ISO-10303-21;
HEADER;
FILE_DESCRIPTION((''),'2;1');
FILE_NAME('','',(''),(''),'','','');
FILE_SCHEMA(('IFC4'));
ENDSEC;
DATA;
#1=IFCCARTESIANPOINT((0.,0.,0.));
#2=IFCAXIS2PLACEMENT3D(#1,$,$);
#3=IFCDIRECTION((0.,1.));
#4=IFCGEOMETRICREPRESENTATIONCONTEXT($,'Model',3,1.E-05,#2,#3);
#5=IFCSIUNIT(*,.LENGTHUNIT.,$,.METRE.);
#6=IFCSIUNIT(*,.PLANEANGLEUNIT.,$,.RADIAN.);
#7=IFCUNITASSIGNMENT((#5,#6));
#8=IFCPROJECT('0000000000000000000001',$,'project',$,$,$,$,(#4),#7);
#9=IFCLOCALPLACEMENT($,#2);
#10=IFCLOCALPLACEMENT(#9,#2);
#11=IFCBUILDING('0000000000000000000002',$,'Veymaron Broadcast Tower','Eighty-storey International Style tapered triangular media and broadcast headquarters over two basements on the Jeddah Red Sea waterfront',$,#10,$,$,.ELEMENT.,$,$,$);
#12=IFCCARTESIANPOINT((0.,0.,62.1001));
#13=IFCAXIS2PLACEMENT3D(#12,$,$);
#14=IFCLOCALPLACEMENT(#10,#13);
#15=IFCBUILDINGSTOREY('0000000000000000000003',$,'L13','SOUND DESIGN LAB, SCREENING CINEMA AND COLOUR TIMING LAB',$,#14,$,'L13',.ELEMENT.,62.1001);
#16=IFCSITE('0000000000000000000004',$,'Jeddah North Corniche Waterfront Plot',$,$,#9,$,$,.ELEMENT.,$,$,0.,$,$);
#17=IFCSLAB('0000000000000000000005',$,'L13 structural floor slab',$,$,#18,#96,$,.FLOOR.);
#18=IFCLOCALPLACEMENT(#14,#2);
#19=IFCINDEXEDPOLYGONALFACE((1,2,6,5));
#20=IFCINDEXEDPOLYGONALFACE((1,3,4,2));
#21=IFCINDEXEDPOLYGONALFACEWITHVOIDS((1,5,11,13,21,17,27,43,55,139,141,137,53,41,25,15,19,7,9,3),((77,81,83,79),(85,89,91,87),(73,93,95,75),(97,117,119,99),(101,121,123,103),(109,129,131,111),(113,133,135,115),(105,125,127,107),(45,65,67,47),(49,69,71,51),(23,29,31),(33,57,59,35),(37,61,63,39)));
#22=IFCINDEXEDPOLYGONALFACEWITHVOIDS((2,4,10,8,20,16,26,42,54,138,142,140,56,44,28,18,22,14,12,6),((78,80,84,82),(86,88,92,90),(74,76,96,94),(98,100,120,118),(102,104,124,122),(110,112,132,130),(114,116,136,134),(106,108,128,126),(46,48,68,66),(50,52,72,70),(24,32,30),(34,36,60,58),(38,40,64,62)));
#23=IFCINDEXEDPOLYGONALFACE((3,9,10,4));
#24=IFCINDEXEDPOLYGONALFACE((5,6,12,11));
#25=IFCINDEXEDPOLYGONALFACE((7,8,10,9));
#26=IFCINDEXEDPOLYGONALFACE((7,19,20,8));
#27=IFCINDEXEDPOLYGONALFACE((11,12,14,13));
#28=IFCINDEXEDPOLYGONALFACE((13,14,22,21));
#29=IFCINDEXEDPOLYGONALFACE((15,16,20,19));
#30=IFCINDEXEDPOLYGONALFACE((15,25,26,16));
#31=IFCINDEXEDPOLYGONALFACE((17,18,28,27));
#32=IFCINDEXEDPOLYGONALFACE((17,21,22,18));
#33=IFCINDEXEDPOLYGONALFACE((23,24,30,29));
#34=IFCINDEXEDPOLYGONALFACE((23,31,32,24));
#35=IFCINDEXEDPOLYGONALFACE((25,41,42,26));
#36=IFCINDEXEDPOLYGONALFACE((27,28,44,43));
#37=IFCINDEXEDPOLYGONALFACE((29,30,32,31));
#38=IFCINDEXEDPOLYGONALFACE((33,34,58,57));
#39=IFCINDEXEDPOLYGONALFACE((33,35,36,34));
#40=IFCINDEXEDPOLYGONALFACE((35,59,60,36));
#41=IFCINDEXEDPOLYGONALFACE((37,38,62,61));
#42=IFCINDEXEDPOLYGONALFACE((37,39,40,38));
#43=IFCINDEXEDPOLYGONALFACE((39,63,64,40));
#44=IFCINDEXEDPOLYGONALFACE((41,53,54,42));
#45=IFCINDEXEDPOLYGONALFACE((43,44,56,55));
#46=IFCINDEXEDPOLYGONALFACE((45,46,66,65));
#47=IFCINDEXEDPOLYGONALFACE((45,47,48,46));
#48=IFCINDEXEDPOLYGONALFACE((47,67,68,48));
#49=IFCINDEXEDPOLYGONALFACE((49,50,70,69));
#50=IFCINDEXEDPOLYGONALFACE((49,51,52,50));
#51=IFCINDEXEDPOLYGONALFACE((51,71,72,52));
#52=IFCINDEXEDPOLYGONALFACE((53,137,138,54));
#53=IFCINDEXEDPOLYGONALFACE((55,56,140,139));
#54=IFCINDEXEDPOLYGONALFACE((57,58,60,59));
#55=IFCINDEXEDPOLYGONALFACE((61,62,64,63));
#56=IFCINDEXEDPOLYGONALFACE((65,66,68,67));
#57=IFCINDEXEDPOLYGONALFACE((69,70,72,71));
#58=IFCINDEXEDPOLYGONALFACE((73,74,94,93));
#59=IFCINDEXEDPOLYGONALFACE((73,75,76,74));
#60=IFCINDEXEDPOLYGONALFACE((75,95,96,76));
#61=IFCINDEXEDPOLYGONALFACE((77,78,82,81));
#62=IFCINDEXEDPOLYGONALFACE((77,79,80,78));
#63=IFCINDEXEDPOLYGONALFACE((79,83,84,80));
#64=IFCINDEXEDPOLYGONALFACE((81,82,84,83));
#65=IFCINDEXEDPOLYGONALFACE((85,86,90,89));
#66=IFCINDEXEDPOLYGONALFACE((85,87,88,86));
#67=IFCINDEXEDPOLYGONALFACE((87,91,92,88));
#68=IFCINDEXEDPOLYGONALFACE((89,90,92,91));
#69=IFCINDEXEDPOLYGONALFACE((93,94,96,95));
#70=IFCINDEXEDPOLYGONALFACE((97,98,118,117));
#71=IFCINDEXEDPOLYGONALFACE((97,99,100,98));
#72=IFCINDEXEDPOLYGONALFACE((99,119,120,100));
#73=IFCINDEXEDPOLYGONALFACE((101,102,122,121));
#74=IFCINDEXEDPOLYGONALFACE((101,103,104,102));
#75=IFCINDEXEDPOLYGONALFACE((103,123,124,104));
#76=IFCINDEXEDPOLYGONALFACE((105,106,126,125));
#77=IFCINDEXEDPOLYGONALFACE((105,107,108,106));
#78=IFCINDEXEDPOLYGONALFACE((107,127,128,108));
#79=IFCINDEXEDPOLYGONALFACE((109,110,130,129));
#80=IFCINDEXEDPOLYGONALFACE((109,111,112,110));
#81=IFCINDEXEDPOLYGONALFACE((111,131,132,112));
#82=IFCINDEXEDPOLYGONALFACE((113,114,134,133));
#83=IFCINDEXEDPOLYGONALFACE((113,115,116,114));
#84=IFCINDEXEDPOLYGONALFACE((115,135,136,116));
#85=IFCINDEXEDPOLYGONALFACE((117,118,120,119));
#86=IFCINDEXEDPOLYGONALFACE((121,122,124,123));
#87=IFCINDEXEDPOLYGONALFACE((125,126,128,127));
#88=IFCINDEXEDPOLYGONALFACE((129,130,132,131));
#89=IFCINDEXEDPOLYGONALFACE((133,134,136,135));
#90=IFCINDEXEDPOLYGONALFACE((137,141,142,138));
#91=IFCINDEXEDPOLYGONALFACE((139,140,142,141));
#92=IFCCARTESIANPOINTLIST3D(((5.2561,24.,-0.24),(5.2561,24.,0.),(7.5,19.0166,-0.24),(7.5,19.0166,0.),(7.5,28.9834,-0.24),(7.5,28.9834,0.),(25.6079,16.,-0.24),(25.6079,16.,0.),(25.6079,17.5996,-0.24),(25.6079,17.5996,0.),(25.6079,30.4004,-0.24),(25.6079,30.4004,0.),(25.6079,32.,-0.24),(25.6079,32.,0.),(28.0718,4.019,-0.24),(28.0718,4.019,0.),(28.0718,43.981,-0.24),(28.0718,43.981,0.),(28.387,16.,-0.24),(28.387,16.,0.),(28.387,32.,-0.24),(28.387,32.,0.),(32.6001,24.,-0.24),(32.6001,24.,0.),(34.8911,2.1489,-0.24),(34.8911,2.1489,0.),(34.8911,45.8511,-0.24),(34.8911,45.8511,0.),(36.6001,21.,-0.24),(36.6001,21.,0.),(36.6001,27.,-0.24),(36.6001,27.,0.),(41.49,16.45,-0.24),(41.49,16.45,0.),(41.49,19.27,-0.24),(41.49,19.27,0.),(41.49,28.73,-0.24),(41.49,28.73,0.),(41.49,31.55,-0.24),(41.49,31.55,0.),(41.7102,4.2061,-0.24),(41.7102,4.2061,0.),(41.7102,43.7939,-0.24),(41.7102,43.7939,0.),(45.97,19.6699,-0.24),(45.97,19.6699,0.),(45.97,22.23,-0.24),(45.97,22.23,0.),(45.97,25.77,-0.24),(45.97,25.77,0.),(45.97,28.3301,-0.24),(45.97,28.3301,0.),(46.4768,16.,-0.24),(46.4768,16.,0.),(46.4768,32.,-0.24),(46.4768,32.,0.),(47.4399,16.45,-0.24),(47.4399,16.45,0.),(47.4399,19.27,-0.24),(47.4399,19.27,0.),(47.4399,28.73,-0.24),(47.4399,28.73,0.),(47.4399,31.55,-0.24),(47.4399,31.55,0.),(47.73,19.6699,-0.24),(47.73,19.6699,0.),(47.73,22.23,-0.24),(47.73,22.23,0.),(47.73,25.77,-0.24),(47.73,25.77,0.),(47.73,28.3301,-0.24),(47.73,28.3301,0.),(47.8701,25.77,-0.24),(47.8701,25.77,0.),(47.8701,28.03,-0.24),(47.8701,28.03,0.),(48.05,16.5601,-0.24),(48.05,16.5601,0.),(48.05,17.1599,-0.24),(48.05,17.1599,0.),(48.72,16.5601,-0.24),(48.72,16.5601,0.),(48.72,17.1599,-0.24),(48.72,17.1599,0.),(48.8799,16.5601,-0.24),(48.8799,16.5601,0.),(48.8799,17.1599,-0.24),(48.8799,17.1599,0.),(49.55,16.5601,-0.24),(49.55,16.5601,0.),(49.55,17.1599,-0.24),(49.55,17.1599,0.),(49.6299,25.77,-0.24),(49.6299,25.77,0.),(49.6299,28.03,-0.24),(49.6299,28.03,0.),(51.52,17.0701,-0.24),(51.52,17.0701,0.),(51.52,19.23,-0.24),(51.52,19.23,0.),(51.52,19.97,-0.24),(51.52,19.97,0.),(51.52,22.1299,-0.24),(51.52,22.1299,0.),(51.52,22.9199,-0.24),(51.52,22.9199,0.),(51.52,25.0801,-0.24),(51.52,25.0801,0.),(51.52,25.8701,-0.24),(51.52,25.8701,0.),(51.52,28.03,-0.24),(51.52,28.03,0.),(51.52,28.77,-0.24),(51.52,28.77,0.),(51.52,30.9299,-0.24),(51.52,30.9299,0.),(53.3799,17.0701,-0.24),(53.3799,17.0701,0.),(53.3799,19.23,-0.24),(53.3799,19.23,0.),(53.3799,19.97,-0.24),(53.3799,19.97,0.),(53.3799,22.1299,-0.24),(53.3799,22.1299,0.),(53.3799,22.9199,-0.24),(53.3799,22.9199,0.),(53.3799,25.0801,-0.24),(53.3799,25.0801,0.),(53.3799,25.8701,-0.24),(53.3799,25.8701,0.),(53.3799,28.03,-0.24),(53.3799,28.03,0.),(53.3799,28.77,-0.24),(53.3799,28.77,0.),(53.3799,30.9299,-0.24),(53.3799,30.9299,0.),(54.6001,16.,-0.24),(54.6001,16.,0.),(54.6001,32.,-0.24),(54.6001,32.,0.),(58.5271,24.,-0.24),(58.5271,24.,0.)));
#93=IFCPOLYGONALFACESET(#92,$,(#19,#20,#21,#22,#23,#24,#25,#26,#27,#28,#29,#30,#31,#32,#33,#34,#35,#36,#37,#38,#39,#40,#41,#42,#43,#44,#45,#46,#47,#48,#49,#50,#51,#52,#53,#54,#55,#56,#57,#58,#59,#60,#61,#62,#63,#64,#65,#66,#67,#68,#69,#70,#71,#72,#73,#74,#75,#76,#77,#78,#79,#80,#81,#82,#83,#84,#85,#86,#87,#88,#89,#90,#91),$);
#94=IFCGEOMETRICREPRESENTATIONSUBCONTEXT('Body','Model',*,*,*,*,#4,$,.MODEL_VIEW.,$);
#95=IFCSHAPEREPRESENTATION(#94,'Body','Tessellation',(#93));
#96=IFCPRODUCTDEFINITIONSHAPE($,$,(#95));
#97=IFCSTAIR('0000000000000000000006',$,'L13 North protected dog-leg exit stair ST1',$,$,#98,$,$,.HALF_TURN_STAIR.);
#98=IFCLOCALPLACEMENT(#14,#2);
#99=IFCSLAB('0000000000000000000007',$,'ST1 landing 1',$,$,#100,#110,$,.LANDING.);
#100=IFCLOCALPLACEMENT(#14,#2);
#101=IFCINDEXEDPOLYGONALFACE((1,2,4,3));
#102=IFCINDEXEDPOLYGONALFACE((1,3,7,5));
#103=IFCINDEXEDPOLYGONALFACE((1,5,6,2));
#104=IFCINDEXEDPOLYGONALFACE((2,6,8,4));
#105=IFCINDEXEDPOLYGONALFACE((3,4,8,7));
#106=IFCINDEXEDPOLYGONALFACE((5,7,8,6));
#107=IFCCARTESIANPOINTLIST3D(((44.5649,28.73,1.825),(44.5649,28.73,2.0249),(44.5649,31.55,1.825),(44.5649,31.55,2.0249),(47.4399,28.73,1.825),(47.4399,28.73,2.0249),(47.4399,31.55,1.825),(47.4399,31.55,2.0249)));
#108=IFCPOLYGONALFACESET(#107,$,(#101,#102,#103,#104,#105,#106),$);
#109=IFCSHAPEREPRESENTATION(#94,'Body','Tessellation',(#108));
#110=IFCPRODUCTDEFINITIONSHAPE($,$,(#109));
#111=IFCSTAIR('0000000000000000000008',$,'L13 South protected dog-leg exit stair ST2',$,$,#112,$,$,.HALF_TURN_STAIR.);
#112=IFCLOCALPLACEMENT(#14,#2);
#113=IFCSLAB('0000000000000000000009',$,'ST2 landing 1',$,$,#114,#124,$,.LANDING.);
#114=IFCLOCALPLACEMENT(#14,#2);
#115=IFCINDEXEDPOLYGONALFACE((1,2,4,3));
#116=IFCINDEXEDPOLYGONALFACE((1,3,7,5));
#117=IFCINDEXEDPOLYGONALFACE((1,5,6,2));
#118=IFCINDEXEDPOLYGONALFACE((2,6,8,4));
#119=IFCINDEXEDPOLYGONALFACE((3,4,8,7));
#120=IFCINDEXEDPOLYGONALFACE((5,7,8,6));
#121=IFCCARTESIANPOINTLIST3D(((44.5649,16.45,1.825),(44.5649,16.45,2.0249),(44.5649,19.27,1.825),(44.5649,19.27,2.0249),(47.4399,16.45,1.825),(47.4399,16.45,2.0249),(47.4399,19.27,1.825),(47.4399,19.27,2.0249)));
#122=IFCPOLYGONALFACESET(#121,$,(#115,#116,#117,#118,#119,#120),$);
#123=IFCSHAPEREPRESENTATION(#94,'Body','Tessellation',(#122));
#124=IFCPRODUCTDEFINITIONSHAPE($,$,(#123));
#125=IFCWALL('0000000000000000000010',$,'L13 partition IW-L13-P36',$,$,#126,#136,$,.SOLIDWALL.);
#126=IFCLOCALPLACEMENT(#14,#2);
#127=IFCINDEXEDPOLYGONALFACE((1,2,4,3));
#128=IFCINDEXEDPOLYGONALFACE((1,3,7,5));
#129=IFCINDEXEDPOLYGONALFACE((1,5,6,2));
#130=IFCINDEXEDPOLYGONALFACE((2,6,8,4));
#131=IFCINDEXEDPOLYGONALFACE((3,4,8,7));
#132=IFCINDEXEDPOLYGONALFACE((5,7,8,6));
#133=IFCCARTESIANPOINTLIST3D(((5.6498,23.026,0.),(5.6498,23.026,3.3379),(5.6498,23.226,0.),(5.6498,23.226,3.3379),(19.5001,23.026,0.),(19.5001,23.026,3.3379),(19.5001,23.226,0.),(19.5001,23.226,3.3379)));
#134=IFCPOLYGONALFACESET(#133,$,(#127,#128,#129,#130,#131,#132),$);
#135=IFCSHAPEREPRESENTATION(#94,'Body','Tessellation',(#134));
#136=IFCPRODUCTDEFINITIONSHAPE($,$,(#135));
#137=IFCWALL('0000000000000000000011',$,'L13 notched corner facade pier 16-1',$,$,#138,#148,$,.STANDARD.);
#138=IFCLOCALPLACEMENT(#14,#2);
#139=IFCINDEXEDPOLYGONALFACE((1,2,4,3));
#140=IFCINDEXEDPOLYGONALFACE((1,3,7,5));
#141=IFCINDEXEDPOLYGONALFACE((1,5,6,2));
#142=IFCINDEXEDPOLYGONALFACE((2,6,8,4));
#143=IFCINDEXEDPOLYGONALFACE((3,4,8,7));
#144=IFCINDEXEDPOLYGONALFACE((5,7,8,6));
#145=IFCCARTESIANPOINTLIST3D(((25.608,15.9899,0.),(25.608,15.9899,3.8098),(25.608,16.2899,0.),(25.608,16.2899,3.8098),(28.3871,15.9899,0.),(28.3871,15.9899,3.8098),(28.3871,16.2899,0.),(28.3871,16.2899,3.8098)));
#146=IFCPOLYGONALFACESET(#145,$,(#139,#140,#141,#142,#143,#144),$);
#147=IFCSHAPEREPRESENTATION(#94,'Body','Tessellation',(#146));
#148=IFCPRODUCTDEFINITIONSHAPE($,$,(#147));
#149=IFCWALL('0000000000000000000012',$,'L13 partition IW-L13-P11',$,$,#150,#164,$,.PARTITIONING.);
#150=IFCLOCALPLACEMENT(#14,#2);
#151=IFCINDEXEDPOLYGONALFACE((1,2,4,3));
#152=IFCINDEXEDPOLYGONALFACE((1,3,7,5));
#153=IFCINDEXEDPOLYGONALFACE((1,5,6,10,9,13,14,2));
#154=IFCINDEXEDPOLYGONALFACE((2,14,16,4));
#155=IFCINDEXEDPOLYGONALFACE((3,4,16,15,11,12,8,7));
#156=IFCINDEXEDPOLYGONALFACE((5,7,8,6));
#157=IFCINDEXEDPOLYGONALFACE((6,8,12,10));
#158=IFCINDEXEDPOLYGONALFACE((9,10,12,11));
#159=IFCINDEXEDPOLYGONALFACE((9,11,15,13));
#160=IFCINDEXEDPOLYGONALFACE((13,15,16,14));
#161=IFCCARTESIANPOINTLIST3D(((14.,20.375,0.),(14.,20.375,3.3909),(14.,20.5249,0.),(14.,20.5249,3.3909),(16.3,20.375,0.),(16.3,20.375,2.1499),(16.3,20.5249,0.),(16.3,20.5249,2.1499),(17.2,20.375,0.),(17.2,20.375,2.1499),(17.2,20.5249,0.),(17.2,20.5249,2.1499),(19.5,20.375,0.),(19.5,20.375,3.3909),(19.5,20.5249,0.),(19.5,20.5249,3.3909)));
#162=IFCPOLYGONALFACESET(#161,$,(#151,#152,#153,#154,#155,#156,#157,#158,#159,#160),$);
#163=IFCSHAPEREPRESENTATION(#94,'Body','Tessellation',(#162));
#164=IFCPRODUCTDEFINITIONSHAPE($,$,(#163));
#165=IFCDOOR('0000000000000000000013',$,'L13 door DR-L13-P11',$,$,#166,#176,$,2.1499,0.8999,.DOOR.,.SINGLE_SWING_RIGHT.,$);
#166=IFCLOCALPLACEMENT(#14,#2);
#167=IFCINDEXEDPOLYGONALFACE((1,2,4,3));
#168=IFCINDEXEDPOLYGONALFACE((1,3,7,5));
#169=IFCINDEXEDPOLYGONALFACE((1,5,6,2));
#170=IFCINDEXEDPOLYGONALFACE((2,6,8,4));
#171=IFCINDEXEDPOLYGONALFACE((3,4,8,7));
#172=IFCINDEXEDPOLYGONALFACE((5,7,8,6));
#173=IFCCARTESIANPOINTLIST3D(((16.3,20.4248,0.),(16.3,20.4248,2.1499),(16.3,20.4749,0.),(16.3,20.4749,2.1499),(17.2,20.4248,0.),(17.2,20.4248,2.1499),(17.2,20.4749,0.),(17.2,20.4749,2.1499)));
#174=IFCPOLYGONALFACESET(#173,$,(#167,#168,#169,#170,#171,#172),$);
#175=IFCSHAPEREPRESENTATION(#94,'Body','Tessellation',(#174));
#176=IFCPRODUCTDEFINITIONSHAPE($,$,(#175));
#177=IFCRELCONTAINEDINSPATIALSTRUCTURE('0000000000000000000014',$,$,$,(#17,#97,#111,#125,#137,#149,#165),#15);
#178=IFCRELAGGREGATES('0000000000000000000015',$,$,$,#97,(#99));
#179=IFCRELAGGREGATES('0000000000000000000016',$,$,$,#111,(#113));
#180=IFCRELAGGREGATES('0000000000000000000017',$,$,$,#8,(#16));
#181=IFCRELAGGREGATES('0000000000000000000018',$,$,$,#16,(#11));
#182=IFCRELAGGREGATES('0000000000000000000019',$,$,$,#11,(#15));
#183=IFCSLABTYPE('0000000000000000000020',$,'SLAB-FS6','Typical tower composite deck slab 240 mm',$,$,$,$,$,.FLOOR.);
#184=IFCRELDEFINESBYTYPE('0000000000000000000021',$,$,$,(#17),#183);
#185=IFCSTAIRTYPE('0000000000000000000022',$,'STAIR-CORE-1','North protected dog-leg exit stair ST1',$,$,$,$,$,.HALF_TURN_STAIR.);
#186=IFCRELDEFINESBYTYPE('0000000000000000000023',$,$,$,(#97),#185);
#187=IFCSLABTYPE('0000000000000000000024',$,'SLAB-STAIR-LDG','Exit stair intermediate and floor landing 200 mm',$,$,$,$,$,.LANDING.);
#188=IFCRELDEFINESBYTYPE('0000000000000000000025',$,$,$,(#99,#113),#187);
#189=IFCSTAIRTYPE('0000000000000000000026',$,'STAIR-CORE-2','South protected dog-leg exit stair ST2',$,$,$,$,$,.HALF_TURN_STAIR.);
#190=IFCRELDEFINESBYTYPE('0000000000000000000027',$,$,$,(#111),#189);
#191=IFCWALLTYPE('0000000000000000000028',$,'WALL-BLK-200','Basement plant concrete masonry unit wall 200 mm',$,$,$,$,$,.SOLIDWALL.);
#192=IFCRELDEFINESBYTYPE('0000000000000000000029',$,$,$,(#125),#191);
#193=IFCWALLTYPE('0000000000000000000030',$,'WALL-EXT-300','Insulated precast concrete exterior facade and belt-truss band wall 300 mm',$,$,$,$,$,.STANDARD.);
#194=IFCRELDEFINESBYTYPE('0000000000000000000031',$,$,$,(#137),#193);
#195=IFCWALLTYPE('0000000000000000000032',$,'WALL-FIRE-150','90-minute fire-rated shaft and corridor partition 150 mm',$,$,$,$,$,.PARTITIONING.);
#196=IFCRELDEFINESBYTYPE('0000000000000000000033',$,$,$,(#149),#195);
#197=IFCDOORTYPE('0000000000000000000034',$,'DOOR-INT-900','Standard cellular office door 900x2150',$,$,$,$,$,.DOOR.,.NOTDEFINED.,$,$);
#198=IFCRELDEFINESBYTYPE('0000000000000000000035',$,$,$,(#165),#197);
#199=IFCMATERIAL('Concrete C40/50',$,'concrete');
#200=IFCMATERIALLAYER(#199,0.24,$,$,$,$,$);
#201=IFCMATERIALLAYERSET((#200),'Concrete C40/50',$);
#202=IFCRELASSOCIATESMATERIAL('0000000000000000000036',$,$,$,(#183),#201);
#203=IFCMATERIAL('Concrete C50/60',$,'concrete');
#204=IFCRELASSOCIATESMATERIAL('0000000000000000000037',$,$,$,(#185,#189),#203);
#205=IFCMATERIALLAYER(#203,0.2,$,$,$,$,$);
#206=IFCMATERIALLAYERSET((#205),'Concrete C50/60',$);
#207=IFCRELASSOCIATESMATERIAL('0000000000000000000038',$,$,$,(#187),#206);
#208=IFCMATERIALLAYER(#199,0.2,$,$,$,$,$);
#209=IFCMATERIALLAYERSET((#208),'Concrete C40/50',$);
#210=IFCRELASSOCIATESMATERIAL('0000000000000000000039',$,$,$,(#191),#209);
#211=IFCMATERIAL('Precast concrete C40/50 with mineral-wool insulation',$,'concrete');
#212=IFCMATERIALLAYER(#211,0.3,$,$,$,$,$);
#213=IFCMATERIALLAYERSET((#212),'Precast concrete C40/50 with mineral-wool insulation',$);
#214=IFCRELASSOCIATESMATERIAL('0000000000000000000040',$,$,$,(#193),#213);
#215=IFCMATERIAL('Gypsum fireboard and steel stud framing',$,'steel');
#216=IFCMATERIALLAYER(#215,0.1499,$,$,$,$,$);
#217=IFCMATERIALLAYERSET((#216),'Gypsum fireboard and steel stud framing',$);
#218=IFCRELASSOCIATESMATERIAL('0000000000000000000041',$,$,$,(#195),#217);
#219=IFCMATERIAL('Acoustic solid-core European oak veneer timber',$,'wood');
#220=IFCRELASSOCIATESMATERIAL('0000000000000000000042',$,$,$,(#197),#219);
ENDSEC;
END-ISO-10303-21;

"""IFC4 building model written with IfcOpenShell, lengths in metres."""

from ifc_helpers import new_model, si_unit, direction, frame, frame_2d, origin, place, context, subcontext, project, spatial, polyline, rectangle, outline, extrude, material, layer, layer_set, type_object, element, fill, aggregate, save


model = new_model("IFC4")

# Units and contexts
model_context = context("Model", 3, precision=1e-05, world=origin(), true_north=direction((0.0, 1.0)))
body_context = subcontext(model_context, "Body", "Model", "MODEL_VIEW")
ifc_project = project(units=[si_unit("LENGTHUNIT", "METRE"), si_unit("PLANEANGLEUNIT", "RADIAN")], contexts=[model_context])

# Site, building, storey
site_placement = place(None, origin())
site = spatial("IfcSite", under=ifc_project, at=site_placement, Name="Jeddah North Corniche Waterfront Plot", CompositionType="ELEMENT", RefElevation=0.0)
building_placement = place(site_placement, origin())
building = spatial("IfcBuilding", under=site, at=building_placement, Name="Veymaron Broadcast Tower", Description="Eighty-storey International Style tapered triangular media and broadcast headquarters over two basements on the Jeddah Red Sea waterfront", CompositionType="ELEMENT")
storey_placement = place(building_placement, frame((0.0, 0.0, 62.1001)))
storey = spatial("IfcBuildingStorey", under=building, at=storey_placement, Name="L13", Description="SOUND DESIGN LAB, SCREENING CINEMA AND COLOUR TIMING LAB", LongName="L13", CompositionType="ELEMENT", Elevation=62.1001)

# Slab
ifc_material_1 = material(Name="Concrete C40/50", Category="concrete")
ifc_layer_1 = layer(ifc_material_1, 0.24)
ifc_layer_set_1 = layer_set([ifc_layer_1], Name="Concrete C40/50")
slab_type_1 = type_object("IfcSlabType", Name="SLAB-FS6", Description="Typical tower composite deck slab 240 mm", PredefinedType="FLOOR", material=ifc_layer_set_1)
slab_1_placement = place(storey_placement, frame((0.0, 0.0, -0.24)))
element("IfcSlab", 1, at=slab_1_placement, inside=storey, type_object=slab_type_1, Name="L13 structural floor slab", PredefinedType="FLOOR", context=body_context, shape_type="SweptSolid", body=[
    extrude(outline(polyline([(46.4768, 16.0), (54.6001, 16.0), (58.5271, 24.0), (54.6001, 32.0), (46.4768, 32.0), (41.7102, 43.7939), (34.8911, 45.8511), (28.0718, 43.981), (28.387, 32.0), (25.6079, 32.0), (25.6079, 30.4004), (7.5, 28.9834), (5.2561, 24.0), (7.5, 19.0166), (25.6079, 17.5996), (25.6079, 16.0), (28.387, 16.0), (28.0718, 4.019), (34.8911, 2.1489), (41.7102, 4.2061), (46.4768, 16.0)]), holes=[polyline([(45.97, 28.3301), (47.73, 28.3301), (47.73, 25.77), (45.97, 25.77), (45.97, 28.3301)]), polyline([(45.97, 22.23), (47.73, 22.23), (47.73, 19.6699), (45.97, 19.6699), (45.97, 22.23)]), polyline([(47.8701, 28.03), (49.6299, 28.03), (49.6299, 25.77), (47.8701, 25.77), (47.8701, 28.03)]), polyline([(51.52, 30.9299), (53.3799, 30.9299), (53.3799, 28.77), (51.52, 28.77), (51.52, 30.9299)]), polyline([(51.52, 28.03), (53.3799, 28.03), (53.3799, 25.8701), (51.52, 25.8701), (51.52, 28.03)]), polyline([(51.52, 22.1299), (53.3799, 22.1299), (53.3799, 19.97), (51.52, 19.97), (51.52, 22.1299)]), polyline([(51.52, 25.0801), (53.3799, 25.0801), (53.3799, 22.9199), (51.52, 22.9199), (51.52, 25.0801)]), polyline([(51.52, 19.23), (53.3799, 19.23), (53.3799, 17.0701), (51.52, 17.0701), (51.52, 19.23)]), polyline([(48.05, 17.1599), (48.72, 17.1599), (48.72, 16.5601), (48.05, 16.5601), (48.05, 17.1599)]), polyline([(48.8799, 17.1599), (49.55, 17.1599), (49.55, 16.5601), (48.8799, 16.5601), (48.8799, 17.1599)]), polyline([(36.6001, 27.0), (36.6001, 21.0), (32.6001, 24.0), (36.6001, 27.0)]), polyline([(41.49, 31.55), (47.4399, 31.55), (47.4399, 28.73), (41.49, 28.73), (41.49, 31.55)]), polyline([(41.49, 19.27), (47.4399, 19.27), (47.4399, 16.45), (41.49, 16.45), (41.49, 19.27)])]), origin(), (0.0, 0.0, 1.0), 0.24),
])

# Stairs, slabs
ifc_material_2 = material(Name="Concrete C50/60", Category="concrete")
stair_type_1 = type_object("IfcStairType", Name="STAIR-CORE-1", Description="North protected dog-leg exit stair ST1", PredefinedType="HALF_TURN_STAIR", material=ifc_material_2)
stair_1_placement = place(storey_placement, origin())
stair_1 = element("IfcStair", 2, at=stair_1_placement, inside=storey, type_object=stair_type_1, Name="L13 North protected dog-leg exit stair ST1", PredefinedType="HALF_TURN_STAIR")
ifc_layer_2 = layer(ifc_material_2, 0.2)
ifc_layer_set_2 = layer_set([ifc_layer_2], Name="Concrete C50/60")
slab_type_2 = type_object("IfcSlabType", Name="SLAB-STAIR-LDG", Description="Exit stair intermediate and floor landing 200 mm", PredefinedType="LANDING", material=ifc_layer_set_2)
slab_2_placement = place(storey_placement, frame((0.0, 0.0, 1.825)))
slab_2 = element("IfcSlab", 3, at=slab_2_placement, type_object=slab_type_2, Name="ST1 landing 1", PredefinedType="LANDING", context=body_context, shape_type="SweptSolid", body=[
    extrude(outline(polyline([(44.5649, 28.73), (47.4399, 28.73), (47.4399, 31.55), (44.5649, 31.55), (44.5649, 28.73)])), origin(), (0.0, 0.0, 1.0), 0.2),
])
aggregate(stair_1, [slab_2])
stair_type_2 = type_object("IfcStairType", Name="STAIR-CORE-2", Description="South protected dog-leg exit stair ST2", PredefinedType="HALF_TURN_STAIR", material=ifc_material_2)
stair_2_placement = place(storey_placement, origin())
stair_2 = element("IfcStair", 4, at=stair_2_placement, inside=storey, type_object=stair_type_2, Name="L13 South protected dog-leg exit stair ST2", PredefinedType="HALF_TURN_STAIR")
slab_3_placement = place(storey_placement, frame((0.0, 0.0, 1.825)))
slab_3 = element("IfcSlab", 5, at=slab_3_placement, type_object=slab_type_2, Name="ST2 landing 1", PredefinedType="LANDING", context=body_context, shape_type="SweptSolid", body=[
    extrude(outline(polyline([(44.5649, 16.45), (47.4399, 16.45), (47.4399, 19.27), (44.5649, 19.27), (44.5649, 16.45)])), origin(), (0.0, 0.0, 1.0), 0.2),
])
aggregate(stair_2, [slab_3])

# Walls
ifc_layer_3 = layer(ifc_material_1, 0.2)
ifc_layer_set_3 = layer_set([ifc_layer_3], Name="Concrete C40/50")
wall_type_1 = type_object("IfcWallType", Name="WALL-BLK-200", Description="Basement plant concrete masonry unit wall 200 mm", PredefinedType="SOLIDWALL", material=ifc_layer_set_3)
wall_1_placement = place(storey_placement, frame((5.6497, 23.126, 0.0), z_axis=(0.0, 0.0, 1.0), x_axis=(1.0, 0.0, 0.0)))
element("IfcWall", 6, at=wall_1_placement, inside=storey, type_object=wall_type_1, Name="L13 partition IW-L13-P36", PredefinedType="SOLIDWALL", context=body_context, shape_type="SweptSolid", body=[
    extrude(rectangle(XDim=13.8503, YDim=0.2, at=frame_2d((6.9253, 0.0))), origin(), (0.0, 0.0, 1.0), 3.3379),
])
ifc_material_3 = material(Name="Precast concrete C40/50 with mineral-wool insulation", Category="concrete")
ifc_layer_4 = layer(ifc_material_3, 0.3)
ifc_layer_set_4 = layer_set([ifc_layer_4], Name="Precast concrete C40/50 with mineral-wool insulation")
wall_type_2 = type_object("IfcWallType", Name="WALL-EXT-300", Description="Insulated precast concrete exterior facade and belt-truss band wall 300 mm", PredefinedType="STANDARD", material=ifc_layer_set_4)
wall_2_placement = place(storey_placement, frame((25.6079, 16.1399, 0.0), z_axis=(0.0, 0.0, 1.0), x_axis=(1.0, 0.0, 0.0)))
element("IfcWall", 7, at=wall_2_placement, inside=storey, type_object=wall_type_2, Name="L13 notched corner facade pier 16-1", PredefinedType="STANDARD", context=body_context, shape_type="SweptSolid", body=[
    extrude(rectangle(XDim=2.7791, YDim=0.3, at=frame_2d((1.3896, 0.0))), origin(), (0.0, 0.0, 1.0), 3.8098),
])

# Wall, opening, door
ifc_material_4 = material(Name="Gypsum fireboard and steel stud framing", Category="steel")
ifc_layer_5 = layer(ifc_material_4, 0.1499)
ifc_layer_set_5 = layer_set([ifc_layer_5], Name="Gypsum fireboard and steel stud framing")
wall_type_3 = type_object("IfcWallType", Name="WALL-FIRE-150", Description="90-minute fire-rated shaft and corridor partition 150 mm", PredefinedType="PARTITIONING", material=ifc_layer_set_5)
wall_3_placement = place(storey_placement, frame((14.0, 20.45, 0.0), z_axis=(0.0, 0.0, 1.0), x_axis=(1.0, 0.0, 0.0)))
wall_3 = element("IfcWall", 8, at=wall_3_placement, inside=storey, type_object=wall_type_3, Name="L13 partition IW-L13-P11", PredefinedType="PARTITIONING", context=body_context, shape_type="SweptSolid", body=[
    extrude(rectangle(XDim=5.5, YDim=0.1499, at=frame_2d((2.75, 0.0))), origin(), (0.0, 0.0, 1.0), 3.3909),
])
opening_1_placement = place(wall_3_placement, frame((2.3, 0.0, 0.0)))
opening_1 = element("IfcOpeningElement", 9, at=opening_1_placement, cuts=wall_3, PredefinedType="OPENING", context=body_context, shape_type="SweptSolid", body=[
    extrude(rectangle(XDim=0.8999, YDim=2.1499, at=frame_2d((0.45, 1.075))), frame((0.0, 0.085, 0.0), z_axis=(0.0, -1.0, 0.0), x_axis=(1.0, 0.0, 0.0)), (0.0, 0.0, 1.0), 0.1699),
])
ifc_material_5 = material(Name="Acoustic solid-core European oak veneer timber", Category="wood")
door_type = type_object("IfcDoorType", Name="DOOR-INT-900", Description="Standard cellular office door 900x2150", OperationType="NOTDEFINED", PredefinedType="DOOR", material=ifc_material_5)
door_1_placement = place(opening_1_placement, origin())
door_1 = element("IfcDoor", 10, at=door_1_placement, inside=storey, type_object=door_type, Name="L13 door DR-L13-P11", OperationType="SINGLE_SWING_RIGHT", OverallHeight=2.1499, OverallWidth=0.8999, PredefinedType="DOOR", context=body_context, shape_type="SweptSolid", body=[
    extrude(rectangle(XDim=0.8999, YDim=2.1499, at=frame_2d((0.45, 1.075))), frame((0.0, 0.0249, 0.0), z_axis=(0.0, -1.0, 0.0), x_axis=(1.0, 0.0, 0.0)), (0.0, 0.0, 1.0), 0.05),
])
fill(opening_1, door_1)

save(model, "model.ifc")
